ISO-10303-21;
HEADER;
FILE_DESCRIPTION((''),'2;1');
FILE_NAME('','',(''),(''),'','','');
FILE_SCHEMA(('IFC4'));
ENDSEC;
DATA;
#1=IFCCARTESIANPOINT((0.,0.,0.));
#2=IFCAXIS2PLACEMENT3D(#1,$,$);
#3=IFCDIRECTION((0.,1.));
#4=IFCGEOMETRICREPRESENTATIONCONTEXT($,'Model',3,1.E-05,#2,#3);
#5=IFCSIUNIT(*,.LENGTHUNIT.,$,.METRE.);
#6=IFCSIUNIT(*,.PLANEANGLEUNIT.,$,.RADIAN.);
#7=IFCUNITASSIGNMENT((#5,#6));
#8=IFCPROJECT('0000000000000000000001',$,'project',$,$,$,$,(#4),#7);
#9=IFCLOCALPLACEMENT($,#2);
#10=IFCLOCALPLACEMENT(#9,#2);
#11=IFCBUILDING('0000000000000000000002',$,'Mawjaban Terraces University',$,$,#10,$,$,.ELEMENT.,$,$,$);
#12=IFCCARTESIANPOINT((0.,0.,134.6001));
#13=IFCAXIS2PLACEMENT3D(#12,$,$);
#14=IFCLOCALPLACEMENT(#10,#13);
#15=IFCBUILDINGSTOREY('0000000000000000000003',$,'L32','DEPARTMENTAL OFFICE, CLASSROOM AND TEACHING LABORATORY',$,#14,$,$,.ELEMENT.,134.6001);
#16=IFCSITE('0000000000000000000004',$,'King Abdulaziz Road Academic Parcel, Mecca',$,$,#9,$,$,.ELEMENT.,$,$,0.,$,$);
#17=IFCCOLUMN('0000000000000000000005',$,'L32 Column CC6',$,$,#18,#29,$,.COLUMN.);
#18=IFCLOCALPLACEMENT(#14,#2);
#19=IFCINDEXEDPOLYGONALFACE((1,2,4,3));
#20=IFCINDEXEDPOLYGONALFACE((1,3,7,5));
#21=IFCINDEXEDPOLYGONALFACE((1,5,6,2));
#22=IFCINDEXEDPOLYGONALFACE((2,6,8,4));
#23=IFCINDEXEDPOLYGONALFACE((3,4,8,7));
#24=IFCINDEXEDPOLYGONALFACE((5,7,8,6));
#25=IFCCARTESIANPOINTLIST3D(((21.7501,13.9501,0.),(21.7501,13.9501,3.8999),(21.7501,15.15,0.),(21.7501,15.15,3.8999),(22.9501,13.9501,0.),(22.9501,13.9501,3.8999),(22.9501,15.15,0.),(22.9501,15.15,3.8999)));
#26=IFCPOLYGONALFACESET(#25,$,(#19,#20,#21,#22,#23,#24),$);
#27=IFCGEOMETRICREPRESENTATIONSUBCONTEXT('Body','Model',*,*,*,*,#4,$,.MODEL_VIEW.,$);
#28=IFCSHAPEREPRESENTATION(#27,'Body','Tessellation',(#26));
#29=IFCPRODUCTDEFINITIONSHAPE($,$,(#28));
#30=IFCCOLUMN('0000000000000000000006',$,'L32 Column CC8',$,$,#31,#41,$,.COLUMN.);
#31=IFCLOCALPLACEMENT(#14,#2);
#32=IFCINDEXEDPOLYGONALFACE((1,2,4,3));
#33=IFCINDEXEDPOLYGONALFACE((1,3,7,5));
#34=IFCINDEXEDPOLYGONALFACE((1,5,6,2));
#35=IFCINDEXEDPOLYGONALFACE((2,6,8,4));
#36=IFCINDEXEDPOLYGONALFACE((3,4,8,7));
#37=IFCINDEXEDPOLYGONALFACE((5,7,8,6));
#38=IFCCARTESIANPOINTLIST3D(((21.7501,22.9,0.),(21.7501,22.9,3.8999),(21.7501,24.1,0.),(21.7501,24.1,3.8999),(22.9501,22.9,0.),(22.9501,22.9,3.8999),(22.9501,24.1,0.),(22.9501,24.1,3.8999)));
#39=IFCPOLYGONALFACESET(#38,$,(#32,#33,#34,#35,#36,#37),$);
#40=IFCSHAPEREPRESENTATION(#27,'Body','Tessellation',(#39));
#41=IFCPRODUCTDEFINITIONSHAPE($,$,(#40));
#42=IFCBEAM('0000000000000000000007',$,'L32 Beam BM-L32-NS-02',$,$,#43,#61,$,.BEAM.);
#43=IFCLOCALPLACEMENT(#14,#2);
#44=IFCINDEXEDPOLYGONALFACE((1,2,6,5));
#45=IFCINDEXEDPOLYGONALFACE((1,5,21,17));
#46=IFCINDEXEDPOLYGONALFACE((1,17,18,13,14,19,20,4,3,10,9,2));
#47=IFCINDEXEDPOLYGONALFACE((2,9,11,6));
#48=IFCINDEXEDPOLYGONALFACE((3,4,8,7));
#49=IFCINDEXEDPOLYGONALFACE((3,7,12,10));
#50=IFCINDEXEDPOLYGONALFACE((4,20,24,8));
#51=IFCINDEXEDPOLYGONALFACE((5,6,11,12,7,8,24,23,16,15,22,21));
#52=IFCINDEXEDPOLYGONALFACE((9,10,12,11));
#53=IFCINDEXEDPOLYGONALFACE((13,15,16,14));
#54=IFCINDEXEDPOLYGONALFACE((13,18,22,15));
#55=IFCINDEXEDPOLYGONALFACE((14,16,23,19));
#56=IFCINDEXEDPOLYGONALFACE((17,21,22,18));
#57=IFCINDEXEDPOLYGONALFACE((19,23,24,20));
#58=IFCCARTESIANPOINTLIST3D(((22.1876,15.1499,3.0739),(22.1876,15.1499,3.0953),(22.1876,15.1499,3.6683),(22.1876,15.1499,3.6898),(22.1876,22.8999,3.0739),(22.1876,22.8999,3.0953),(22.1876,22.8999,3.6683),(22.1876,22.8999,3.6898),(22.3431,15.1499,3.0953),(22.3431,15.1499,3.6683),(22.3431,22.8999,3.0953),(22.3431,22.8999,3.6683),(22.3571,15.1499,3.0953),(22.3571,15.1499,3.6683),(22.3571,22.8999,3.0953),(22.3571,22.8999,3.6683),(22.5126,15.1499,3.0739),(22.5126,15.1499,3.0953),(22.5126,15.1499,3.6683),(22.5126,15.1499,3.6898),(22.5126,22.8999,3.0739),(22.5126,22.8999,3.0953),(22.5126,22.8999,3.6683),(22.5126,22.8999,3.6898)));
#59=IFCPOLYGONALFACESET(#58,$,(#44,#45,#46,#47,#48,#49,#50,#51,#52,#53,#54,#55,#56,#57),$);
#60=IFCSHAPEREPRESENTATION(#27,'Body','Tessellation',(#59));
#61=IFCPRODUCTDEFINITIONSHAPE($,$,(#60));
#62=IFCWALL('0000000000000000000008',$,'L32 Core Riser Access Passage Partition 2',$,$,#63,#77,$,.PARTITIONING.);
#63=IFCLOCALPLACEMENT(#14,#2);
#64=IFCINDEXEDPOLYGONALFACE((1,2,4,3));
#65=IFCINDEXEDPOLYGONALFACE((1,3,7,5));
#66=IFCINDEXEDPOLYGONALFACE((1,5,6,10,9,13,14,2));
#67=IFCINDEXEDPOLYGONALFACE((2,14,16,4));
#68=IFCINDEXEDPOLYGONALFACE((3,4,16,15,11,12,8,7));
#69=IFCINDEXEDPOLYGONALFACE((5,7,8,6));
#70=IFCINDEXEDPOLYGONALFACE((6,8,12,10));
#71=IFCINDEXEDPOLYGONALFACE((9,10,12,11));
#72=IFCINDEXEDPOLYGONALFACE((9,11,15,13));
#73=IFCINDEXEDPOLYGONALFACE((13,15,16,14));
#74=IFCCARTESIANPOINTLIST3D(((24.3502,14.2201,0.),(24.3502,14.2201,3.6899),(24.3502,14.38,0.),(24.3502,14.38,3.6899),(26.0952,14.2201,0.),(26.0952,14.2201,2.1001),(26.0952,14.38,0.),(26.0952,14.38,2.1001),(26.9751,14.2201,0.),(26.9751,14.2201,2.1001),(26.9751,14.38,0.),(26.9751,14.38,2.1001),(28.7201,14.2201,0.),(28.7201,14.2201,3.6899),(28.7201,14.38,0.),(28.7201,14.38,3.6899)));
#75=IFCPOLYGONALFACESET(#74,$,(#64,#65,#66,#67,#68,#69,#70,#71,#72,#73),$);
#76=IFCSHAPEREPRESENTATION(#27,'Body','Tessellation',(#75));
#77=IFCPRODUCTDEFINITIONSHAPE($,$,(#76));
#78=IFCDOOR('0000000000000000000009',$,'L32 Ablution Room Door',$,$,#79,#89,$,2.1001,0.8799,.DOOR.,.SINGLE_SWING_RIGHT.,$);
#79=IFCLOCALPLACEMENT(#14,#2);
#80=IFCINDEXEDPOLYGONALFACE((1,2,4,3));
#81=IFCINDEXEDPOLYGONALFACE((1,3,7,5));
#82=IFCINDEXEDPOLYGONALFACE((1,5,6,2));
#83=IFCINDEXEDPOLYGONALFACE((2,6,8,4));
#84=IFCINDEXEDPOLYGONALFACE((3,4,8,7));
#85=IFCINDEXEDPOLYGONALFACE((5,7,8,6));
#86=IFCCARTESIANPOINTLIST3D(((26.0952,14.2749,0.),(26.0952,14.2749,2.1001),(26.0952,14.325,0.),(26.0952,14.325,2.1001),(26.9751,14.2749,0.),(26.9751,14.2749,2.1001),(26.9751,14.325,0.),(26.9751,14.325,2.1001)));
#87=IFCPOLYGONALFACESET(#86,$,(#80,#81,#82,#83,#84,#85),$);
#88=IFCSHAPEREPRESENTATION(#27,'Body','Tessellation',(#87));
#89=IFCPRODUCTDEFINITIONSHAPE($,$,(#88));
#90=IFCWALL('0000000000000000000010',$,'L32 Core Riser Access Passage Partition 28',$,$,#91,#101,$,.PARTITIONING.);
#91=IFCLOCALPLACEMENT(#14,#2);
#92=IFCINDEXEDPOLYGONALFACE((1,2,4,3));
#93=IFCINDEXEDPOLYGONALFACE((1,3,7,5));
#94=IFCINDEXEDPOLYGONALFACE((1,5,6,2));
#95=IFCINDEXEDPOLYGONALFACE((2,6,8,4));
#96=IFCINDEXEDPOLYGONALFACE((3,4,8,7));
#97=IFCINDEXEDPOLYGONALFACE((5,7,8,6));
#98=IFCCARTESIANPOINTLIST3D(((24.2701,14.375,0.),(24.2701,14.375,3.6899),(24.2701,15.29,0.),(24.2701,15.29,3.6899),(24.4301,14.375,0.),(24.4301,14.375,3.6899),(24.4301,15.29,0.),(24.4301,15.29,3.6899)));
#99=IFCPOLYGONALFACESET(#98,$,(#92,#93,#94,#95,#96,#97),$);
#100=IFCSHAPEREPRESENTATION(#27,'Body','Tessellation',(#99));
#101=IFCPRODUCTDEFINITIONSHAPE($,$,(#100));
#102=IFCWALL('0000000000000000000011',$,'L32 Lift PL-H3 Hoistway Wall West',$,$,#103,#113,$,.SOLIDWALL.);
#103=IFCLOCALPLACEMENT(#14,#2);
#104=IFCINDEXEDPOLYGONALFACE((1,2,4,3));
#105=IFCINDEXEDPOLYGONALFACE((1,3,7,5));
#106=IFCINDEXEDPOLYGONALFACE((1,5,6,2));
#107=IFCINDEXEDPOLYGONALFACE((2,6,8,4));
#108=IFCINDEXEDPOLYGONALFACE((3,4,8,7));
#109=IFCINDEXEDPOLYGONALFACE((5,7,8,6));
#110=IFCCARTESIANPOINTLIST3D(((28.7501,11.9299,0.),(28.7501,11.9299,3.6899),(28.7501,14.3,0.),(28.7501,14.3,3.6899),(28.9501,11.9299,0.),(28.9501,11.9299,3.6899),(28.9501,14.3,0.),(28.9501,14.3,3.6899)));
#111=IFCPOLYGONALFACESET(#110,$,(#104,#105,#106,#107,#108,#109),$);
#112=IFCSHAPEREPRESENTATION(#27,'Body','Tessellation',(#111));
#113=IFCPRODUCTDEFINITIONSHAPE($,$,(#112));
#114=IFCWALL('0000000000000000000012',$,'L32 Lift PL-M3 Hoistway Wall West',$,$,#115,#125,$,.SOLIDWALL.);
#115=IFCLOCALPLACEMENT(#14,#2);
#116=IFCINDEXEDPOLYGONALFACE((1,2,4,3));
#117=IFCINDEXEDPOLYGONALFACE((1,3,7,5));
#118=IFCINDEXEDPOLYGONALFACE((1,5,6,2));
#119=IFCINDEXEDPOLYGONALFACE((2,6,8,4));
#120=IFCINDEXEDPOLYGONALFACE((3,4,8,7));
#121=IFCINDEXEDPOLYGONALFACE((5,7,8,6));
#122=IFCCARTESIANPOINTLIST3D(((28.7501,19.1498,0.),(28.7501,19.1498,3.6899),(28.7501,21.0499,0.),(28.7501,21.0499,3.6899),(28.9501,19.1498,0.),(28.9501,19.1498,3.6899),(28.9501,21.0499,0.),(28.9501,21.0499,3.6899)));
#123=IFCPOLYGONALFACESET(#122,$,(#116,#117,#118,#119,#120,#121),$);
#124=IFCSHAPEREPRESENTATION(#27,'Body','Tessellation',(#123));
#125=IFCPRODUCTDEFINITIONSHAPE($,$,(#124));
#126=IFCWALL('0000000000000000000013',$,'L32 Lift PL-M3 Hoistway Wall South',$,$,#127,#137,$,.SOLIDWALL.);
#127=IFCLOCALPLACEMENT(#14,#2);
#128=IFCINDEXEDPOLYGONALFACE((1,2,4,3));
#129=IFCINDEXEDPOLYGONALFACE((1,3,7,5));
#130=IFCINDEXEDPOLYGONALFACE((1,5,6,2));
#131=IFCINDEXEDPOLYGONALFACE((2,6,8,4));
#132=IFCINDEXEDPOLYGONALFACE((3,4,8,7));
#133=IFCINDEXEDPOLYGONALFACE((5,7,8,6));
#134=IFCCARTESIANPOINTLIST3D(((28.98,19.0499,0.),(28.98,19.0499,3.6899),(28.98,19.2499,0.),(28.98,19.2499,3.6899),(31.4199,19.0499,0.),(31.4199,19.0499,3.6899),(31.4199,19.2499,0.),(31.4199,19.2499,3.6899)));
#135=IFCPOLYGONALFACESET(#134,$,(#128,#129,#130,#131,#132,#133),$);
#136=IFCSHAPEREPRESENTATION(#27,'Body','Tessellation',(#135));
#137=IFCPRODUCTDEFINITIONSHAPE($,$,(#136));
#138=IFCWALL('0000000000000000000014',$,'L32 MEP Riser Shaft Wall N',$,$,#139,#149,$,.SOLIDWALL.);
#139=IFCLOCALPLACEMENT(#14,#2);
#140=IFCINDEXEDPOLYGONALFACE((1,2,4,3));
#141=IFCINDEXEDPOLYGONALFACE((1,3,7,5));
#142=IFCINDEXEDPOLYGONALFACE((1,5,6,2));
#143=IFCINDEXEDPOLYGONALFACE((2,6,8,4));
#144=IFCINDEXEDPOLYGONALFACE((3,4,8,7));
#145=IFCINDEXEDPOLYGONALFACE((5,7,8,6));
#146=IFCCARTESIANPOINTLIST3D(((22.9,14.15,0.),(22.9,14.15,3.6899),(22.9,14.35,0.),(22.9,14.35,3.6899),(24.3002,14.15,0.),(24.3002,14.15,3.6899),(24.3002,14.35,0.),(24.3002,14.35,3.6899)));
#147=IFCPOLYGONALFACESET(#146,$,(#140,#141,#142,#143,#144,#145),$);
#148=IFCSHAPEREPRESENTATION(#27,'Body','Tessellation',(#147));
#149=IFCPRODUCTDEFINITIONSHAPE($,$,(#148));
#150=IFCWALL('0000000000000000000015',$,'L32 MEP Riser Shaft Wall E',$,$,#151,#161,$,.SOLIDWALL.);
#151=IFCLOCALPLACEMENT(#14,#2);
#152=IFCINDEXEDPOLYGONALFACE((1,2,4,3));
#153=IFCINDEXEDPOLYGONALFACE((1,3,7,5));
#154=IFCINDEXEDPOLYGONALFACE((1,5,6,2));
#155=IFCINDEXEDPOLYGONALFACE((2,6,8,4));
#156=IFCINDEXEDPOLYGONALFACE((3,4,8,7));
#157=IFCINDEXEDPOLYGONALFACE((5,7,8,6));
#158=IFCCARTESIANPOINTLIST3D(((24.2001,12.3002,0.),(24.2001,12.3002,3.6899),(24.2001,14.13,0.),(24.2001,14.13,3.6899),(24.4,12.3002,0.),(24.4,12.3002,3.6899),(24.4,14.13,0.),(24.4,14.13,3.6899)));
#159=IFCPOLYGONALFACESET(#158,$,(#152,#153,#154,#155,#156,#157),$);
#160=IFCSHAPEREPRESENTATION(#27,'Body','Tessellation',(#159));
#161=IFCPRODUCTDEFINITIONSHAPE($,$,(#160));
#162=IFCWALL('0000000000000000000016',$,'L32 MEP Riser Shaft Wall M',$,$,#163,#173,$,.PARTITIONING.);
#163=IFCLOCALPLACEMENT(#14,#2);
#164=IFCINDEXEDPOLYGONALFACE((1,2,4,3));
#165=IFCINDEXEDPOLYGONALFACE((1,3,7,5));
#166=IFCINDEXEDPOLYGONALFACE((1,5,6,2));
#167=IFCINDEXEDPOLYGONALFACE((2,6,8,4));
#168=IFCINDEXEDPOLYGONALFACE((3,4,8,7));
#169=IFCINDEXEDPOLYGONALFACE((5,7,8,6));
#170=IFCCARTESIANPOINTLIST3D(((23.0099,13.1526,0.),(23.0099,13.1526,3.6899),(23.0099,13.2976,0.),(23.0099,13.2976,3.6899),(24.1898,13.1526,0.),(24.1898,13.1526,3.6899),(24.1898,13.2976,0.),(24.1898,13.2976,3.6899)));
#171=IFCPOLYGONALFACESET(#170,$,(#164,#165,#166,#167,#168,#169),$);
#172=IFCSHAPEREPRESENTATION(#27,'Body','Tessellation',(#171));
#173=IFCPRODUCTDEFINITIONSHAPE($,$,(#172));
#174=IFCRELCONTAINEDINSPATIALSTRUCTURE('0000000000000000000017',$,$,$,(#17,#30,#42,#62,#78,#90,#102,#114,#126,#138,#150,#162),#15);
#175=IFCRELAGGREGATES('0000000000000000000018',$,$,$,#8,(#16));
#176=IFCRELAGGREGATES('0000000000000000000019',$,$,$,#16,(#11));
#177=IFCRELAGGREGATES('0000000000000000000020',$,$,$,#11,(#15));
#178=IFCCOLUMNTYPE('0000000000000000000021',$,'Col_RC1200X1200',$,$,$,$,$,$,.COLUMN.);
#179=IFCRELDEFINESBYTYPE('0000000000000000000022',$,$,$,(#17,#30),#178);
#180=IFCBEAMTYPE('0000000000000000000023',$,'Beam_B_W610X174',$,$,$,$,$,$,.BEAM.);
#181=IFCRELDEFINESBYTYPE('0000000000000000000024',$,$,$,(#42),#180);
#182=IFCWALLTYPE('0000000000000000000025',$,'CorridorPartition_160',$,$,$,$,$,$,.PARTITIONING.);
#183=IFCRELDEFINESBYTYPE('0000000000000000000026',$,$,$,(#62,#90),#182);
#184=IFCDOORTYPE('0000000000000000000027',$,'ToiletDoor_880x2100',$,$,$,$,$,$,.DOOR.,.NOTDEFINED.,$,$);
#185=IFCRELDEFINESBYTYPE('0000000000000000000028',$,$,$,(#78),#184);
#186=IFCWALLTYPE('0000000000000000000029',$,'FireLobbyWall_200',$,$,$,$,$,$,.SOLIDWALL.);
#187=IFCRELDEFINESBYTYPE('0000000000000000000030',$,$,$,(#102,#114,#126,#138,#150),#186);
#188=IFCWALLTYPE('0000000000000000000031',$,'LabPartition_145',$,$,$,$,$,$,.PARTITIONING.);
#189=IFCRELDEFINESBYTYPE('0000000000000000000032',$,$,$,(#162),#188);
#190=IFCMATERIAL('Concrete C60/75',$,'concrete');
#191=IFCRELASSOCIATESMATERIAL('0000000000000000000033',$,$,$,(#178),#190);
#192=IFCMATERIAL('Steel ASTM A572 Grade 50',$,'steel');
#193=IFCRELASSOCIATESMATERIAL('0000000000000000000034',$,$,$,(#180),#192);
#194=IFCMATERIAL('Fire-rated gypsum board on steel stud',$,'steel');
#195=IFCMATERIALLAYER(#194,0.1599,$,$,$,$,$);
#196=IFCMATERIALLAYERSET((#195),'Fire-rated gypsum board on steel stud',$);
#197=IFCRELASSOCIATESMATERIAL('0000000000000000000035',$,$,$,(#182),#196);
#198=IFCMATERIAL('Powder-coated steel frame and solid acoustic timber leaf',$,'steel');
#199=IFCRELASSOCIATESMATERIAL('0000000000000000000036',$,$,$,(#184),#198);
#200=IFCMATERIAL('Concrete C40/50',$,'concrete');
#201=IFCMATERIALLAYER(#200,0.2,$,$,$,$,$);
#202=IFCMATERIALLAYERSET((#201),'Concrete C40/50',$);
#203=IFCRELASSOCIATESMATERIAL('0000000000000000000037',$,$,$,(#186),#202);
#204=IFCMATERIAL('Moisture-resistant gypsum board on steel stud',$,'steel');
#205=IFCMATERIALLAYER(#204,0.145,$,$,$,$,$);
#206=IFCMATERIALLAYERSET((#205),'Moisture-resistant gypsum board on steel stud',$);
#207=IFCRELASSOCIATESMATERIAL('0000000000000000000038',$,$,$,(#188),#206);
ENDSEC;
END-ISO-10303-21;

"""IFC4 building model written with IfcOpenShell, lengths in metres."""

from ifc_helpers import new_model, si_unit, direction, frame, frame_2d, origin, origin_2d, place, context, subcontext, project, spatial, rectangle, i_section, extrude, material, layer, layer_set, material_profile, profile_set, type_object, element, fill, save


model = new_model("IFC4")

# Units and contexts
model_context = context("Model", 3, precision=1e-05, world=origin(), true_north=direction((0.0, 1.0)))
body_context = subcontext(model_context, "Body", "Model", "MODEL_VIEW")
ifc_project = project(units=[si_unit("LENGTHUNIT", "METRE"), si_unit("PLANEANGLEUNIT", "RADIAN")], contexts=[model_context])

# Site, building, storey
site_placement = place(None, origin())
site = spatial("IfcSite", under=ifc_project, at=site_placement, Name="King Abdulaziz Road Academic Parcel, Mecca", CompositionType="ELEMENT", RefElevation=0.0)
building_placement = place(site_placement, origin())
building = spatial("IfcBuilding", under=site, at=building_placement, Name="Mawjaban Terraces University", CompositionType="ELEMENT")
storey_placement = place(building_placement, frame((0.0, 0.0, 134.6001)))
storey = spatial("IfcBuildingStorey", under=building, at=storey_placement, Name="L32", Description="DEPARTMENTAL OFFICE, CLASSROOM AND TEACHING LABORATORY", CompositionType="ELEMENT", Elevation=134.6001)

# Columns
ifc_material_1 = material(Name="Concrete C60/75", Category="concrete")
ifc_material_profile_1 = material_profile(ifc_material_1, rectangle(XDim=1.2, YDim=1.2, at=origin_2d()), Name="RC1200X1200")
ifc_profile_set_1 = profile_set([ifc_material_profile_1], Name="Concrete C60/75")
column_type = type_object("IfcColumnType", Name="Col_RC1200X1200", PredefinedType="COLUMN", material=ifc_profile_set_1)
for number, where, z_axis, x_axis, name in (
    (1, (22.3501, 14.55, 0.0), (0.0, 0.0, 1.0), (1.0, 0.0, 0.0), "L32 Column CC6"),
    (2, (22.3501, 23.5, 0.0), (0.0, 0.0, 1.0), (1.0, 0.0, 0.0), "L32 Column CC8"),
):
    element("IfcColumn", number, at=place(storey_placement, frame(where, z_axis=z_axis, x_axis=x_axis)), inside=storey, type_object=column_type, Name=name, PredefinedType="COLUMN", context=body_context, shape_type="SweptSolid", body=[
        extrude(rectangle(XDim=1.2, YDim=1.2, at=origin_2d()), origin(), (0.0, 0.0, 1.0), 3.8999),
    ])

# Beam
ifc_material_2 = material(Name="Steel ASTM A572 Grade 50", Category="steel")
ifc_material_profile_2 = material_profile(ifc_material_2, i_section(OverallWidth=0.325, OverallDepth=0.616, WebThickness=0.0139, FlangeThickness=0.0215, at=origin_2d()), Name="W610X174")
ifc_profile_set_2 = profile_set([ifc_material_profile_2], Name="Steel ASTM A572 Grade 50")
beam_type = type_object("IfcBeamType", Name="Beam_B_W610X174", PredefinedType="BEAM", material=ifc_profile_set_2)
beam_placement = place(storey_placement, frame((22.3501, 15.1499, 3.3818), z_axis=(0.0, 1.0, 0.0), x_axis=(-1.0, 0.0, 0.0)))
element("IfcBeam", 3, at=beam_placement, inside=storey, type_object=beam_type, Name="L32 Beam BM-L32-NS-02", PredefinedType="BEAM", context=body_context, shape_type="SweptSolid", body=[
    extrude(i_section(OverallWidth=0.325, OverallDepth=0.616, WebThickness=0.0139, FlangeThickness=0.0215, at=origin_2d()), origin(), (0.0, 0.0, 1.0), 7.75),
])

# Wall, opening, door
ifc_material_3 = material(Name="Fire-rated gypsum board on steel stud", Category="steel")
ifc_layer_1 = layer(ifc_material_3, 0.1599)
ifc_layer_set_1 = layer_set([ifc_layer_1], Name="Fire-rated gypsum board on steel stud")
wall_type_1 = type_object("IfcWallType", Name="CorridorPartition_160", PredefinedType="PARTITIONING", material=ifc_layer_set_1)
wall_1_placement = place(storey_placement, frame((24.3501, 14.3, 0.0), z_axis=(0.0, 0.0, 1.0), x_axis=(1.0, 0.0, 0.0)))
wall_1 = element("IfcWall", 4, at=wall_1_placement, inside=storey, type_object=wall_type_1, Name="L32 Core Riser Access Passage Partition 2", PredefinedType="PARTITIONING", context=body_context, shape_type="SweptSolid", body=[
    extrude(rectangle(XDim=4.3699, YDim=0.1599, at=frame_2d((2.1851, 0.0))), origin(), (0.0, 0.0, 1.0), 3.6899),
])
opening_placement = place(wall_1_placement, frame((1.7451, 0.0, 0.0)))
opening = element("IfcOpeningElement", 5, at=opening_placement, cuts=wall_1, PredefinedType="OPENING", context=body_context, shape_type="SweptSolid", body=[
    extrude(rectangle(XDim=0.8799, YDim=2.1001, at=frame_2d((0.4399, 1.05))), frame((0.0, 0.0898, 0.0), z_axis=(0.0, -1.0, 0.0), x_axis=(1.0, 0.0, 0.0)), (0.0, 0.0, 1.0), 0.1799),
])
ifc_material_4 = material(Name="Powder-coated steel frame and solid acoustic timber leaf", Category="steel")
door_type = type_object("IfcDoorType", Name="ToiletDoor_880x2100", OperationType="NOTDEFINED", PredefinedType="DOOR", material=ifc_material_4)
door_placement = place(opening_placement, origin())
door = element("IfcDoor", 6, at=door_placement, inside=storey, type_object=door_type, Name="L32 Ablution Room Door", OperationType="SINGLE_SWING_RIGHT", OverallHeight=2.1001, OverallWidth=0.8799, PredefinedType="DOOR", context=body_context, shape_type="SweptSolid", body=[
    extrude(rectangle(XDim=0.8799, YDim=2.1001, at=frame_2d((0.4399, 1.05))), frame((0.0, 0.0249, 0.0), z_axis=(0.0, -1.0, 0.0), x_axis=(1.0, 0.0, 0.0)), (0.0, 0.0, 1.0), 0.05),
])
fill(opening, door)

# Walls
wall_2_placement = place(storey_placement, frame((24.3501, 15.29, 0.0), z_axis=(0.0, 0.0, 1.0), x_axis=(0.0, -1.0, 0.0)))
element("IfcWall", 7, at=wall_2_placement, inside=storey, type_object=wall_type_1, Name="L32 Core Riser Access Passage Partition 28", PredefinedType="PARTITIONING", context=body_context, shape_type="SweptSolid", body=[
    extrude(rectangle(XDim=0.915, YDim=0.1599, at=frame_2d((0.4575, 0.0))), origin(), (0.0, 0.0, 1.0), 3.6899),
])
ifc_material_5 = material(Name="Concrete C40/50", Category="concrete")
ifc_layer_2 = layer(ifc_material_5, 0.2)
ifc_layer_set_2 = layer_set([ifc_layer_2], Name="Concrete C40/50")
wall_type_2 = type_object("IfcWallType", Name="FireLobbyWall_200", PredefinedType="SOLIDWALL", material=ifc_layer_set_2)
wall_3_placement = place(storey_placement, frame((28.8501, 14.3, 0.0), z_axis=(0.0, 0.0, 1.0), x_axis=(0.0, -1.0, 0.0)))
element("IfcWall", 8, at=wall_3_placement, inside=storey, type_object=wall_type_2, Name="L32 Lift PL-H3 Hoistway Wall West", PredefinedType="SOLIDWALL", context=body_context, shape_type="SweptSolid", body=[
    extrude(rectangle(XDim=2.3701, YDim=0.2, at=frame_2d((1.1851, 0.0))), origin(), (0.0, 0.0, 1.0), 3.6899),
])
wall_4_placement = place(storey_placement, frame((28.8501, 21.05, 0.0), z_axis=(0.0, 0.0, 1.0), x_axis=(0.0, -1.0, 0.0)))
element("IfcWall", 9, at=wall_4_placement, inside=storey, type_object=wall_type_2, Name="L32 Lift PL-M3 Hoistway Wall West", PredefinedType="SOLIDWALL", context=body_context, shape_type="SweptSolid", body=[
    extrude(rectangle(XDim=1.9001, YDim=0.2, at=frame_2d((0.9502, 0.0))), origin(), (0.0, 0.0, 1.0), 3.6899),
])
wall_5_placement = place(storey_placement, frame((28.98, 19.1499, 0.0), z_axis=(0.0, 0.0, 1.0), x_axis=(1.0, 0.0, 0.0)))
element("IfcWall", 10, at=wall_5_placement, inside=storey, type_object=wall_type_2, Name="L32 Lift PL-M3 Hoistway Wall South", PredefinedType="SOLIDWALL", context=body_context, shape_type="SweptSolid", body=[
    extrude(rectangle(XDim=2.4399, YDim=0.2, at=frame_2d((1.22, 0.0))), origin(), (0.0, 0.0, 1.0), 3.6899),
])
wall_6_placement = place(storey_placement, frame((22.8999, 14.25, 0.0), z_axis=(0.0, 0.0, 1.0), x_axis=(1.0, 0.0, 0.0)))
element("IfcWall", 11, at=wall_6_placement, inside=storey, type_object=wall_type_2, Name="L32 MEP Riser Shaft Wall N", PredefinedType="SOLIDWALL", context=body_context, shape_type="SweptSolid", body=[
    extrude(rectangle(XDim=1.4001, YDim=0.2, at=frame_2d((0.7002, 0.0))), origin(), (0.0, 0.0, 1.0), 3.6899),
])
wall_7_placement = place(storey_placement, frame((24.3, 12.3, 0.0), z_axis=(0.0, 0.0, 1.0), x_axis=(0.0, 1.0, 0.0)))
element("IfcWall", 12, at=wall_7_placement, inside=storey, type_object=wall_type_2, Name="L32 MEP Riser Shaft Wall E", PredefinedType="SOLIDWALL", context=body_context, shape_type="SweptSolid", body=[
    extrude(rectangle(XDim=1.8298, YDim=0.2, at=frame_2d((0.915, 0.0))), origin(), (0.0, 0.0, 1.0), 3.6899),
])
ifc_material_6 = material(Name="Moisture-resistant gypsum board on steel stud", Category="steel")
ifc_layer_3 = layer(ifc_material_6, 0.145)
ifc_layer_set_3 = layer_set([ifc_layer_3], Name="Moisture-resistant gypsum board on steel stud")
wall_type_3 = type_object("IfcWallType", Name="LabPartition_145", PredefinedType="PARTITIONING", material=ifc_layer_set_3)
wall_8_placement = place(storey_placement, frame((23.01, 13.2251, 0.0), z_axis=(0.0, 0.0, 1.0), x_axis=(1.0, 0.0, 0.0)))
element("IfcWall", 13, at=wall_8_placement, inside=storey, type_object=wall_type_3, Name="L32 MEP Riser Shaft Wall M", PredefinedType="PARTITIONING", context=body_context, shape_type="SweptSolid", body=[
    extrude(rectangle(XDim=1.1799, YDim=0.145, at=frame_2d((0.5898, 0.0))), origin(), (0.0, 0.0, 1.0), 3.6899),
])

save(model, "model.ifc")
